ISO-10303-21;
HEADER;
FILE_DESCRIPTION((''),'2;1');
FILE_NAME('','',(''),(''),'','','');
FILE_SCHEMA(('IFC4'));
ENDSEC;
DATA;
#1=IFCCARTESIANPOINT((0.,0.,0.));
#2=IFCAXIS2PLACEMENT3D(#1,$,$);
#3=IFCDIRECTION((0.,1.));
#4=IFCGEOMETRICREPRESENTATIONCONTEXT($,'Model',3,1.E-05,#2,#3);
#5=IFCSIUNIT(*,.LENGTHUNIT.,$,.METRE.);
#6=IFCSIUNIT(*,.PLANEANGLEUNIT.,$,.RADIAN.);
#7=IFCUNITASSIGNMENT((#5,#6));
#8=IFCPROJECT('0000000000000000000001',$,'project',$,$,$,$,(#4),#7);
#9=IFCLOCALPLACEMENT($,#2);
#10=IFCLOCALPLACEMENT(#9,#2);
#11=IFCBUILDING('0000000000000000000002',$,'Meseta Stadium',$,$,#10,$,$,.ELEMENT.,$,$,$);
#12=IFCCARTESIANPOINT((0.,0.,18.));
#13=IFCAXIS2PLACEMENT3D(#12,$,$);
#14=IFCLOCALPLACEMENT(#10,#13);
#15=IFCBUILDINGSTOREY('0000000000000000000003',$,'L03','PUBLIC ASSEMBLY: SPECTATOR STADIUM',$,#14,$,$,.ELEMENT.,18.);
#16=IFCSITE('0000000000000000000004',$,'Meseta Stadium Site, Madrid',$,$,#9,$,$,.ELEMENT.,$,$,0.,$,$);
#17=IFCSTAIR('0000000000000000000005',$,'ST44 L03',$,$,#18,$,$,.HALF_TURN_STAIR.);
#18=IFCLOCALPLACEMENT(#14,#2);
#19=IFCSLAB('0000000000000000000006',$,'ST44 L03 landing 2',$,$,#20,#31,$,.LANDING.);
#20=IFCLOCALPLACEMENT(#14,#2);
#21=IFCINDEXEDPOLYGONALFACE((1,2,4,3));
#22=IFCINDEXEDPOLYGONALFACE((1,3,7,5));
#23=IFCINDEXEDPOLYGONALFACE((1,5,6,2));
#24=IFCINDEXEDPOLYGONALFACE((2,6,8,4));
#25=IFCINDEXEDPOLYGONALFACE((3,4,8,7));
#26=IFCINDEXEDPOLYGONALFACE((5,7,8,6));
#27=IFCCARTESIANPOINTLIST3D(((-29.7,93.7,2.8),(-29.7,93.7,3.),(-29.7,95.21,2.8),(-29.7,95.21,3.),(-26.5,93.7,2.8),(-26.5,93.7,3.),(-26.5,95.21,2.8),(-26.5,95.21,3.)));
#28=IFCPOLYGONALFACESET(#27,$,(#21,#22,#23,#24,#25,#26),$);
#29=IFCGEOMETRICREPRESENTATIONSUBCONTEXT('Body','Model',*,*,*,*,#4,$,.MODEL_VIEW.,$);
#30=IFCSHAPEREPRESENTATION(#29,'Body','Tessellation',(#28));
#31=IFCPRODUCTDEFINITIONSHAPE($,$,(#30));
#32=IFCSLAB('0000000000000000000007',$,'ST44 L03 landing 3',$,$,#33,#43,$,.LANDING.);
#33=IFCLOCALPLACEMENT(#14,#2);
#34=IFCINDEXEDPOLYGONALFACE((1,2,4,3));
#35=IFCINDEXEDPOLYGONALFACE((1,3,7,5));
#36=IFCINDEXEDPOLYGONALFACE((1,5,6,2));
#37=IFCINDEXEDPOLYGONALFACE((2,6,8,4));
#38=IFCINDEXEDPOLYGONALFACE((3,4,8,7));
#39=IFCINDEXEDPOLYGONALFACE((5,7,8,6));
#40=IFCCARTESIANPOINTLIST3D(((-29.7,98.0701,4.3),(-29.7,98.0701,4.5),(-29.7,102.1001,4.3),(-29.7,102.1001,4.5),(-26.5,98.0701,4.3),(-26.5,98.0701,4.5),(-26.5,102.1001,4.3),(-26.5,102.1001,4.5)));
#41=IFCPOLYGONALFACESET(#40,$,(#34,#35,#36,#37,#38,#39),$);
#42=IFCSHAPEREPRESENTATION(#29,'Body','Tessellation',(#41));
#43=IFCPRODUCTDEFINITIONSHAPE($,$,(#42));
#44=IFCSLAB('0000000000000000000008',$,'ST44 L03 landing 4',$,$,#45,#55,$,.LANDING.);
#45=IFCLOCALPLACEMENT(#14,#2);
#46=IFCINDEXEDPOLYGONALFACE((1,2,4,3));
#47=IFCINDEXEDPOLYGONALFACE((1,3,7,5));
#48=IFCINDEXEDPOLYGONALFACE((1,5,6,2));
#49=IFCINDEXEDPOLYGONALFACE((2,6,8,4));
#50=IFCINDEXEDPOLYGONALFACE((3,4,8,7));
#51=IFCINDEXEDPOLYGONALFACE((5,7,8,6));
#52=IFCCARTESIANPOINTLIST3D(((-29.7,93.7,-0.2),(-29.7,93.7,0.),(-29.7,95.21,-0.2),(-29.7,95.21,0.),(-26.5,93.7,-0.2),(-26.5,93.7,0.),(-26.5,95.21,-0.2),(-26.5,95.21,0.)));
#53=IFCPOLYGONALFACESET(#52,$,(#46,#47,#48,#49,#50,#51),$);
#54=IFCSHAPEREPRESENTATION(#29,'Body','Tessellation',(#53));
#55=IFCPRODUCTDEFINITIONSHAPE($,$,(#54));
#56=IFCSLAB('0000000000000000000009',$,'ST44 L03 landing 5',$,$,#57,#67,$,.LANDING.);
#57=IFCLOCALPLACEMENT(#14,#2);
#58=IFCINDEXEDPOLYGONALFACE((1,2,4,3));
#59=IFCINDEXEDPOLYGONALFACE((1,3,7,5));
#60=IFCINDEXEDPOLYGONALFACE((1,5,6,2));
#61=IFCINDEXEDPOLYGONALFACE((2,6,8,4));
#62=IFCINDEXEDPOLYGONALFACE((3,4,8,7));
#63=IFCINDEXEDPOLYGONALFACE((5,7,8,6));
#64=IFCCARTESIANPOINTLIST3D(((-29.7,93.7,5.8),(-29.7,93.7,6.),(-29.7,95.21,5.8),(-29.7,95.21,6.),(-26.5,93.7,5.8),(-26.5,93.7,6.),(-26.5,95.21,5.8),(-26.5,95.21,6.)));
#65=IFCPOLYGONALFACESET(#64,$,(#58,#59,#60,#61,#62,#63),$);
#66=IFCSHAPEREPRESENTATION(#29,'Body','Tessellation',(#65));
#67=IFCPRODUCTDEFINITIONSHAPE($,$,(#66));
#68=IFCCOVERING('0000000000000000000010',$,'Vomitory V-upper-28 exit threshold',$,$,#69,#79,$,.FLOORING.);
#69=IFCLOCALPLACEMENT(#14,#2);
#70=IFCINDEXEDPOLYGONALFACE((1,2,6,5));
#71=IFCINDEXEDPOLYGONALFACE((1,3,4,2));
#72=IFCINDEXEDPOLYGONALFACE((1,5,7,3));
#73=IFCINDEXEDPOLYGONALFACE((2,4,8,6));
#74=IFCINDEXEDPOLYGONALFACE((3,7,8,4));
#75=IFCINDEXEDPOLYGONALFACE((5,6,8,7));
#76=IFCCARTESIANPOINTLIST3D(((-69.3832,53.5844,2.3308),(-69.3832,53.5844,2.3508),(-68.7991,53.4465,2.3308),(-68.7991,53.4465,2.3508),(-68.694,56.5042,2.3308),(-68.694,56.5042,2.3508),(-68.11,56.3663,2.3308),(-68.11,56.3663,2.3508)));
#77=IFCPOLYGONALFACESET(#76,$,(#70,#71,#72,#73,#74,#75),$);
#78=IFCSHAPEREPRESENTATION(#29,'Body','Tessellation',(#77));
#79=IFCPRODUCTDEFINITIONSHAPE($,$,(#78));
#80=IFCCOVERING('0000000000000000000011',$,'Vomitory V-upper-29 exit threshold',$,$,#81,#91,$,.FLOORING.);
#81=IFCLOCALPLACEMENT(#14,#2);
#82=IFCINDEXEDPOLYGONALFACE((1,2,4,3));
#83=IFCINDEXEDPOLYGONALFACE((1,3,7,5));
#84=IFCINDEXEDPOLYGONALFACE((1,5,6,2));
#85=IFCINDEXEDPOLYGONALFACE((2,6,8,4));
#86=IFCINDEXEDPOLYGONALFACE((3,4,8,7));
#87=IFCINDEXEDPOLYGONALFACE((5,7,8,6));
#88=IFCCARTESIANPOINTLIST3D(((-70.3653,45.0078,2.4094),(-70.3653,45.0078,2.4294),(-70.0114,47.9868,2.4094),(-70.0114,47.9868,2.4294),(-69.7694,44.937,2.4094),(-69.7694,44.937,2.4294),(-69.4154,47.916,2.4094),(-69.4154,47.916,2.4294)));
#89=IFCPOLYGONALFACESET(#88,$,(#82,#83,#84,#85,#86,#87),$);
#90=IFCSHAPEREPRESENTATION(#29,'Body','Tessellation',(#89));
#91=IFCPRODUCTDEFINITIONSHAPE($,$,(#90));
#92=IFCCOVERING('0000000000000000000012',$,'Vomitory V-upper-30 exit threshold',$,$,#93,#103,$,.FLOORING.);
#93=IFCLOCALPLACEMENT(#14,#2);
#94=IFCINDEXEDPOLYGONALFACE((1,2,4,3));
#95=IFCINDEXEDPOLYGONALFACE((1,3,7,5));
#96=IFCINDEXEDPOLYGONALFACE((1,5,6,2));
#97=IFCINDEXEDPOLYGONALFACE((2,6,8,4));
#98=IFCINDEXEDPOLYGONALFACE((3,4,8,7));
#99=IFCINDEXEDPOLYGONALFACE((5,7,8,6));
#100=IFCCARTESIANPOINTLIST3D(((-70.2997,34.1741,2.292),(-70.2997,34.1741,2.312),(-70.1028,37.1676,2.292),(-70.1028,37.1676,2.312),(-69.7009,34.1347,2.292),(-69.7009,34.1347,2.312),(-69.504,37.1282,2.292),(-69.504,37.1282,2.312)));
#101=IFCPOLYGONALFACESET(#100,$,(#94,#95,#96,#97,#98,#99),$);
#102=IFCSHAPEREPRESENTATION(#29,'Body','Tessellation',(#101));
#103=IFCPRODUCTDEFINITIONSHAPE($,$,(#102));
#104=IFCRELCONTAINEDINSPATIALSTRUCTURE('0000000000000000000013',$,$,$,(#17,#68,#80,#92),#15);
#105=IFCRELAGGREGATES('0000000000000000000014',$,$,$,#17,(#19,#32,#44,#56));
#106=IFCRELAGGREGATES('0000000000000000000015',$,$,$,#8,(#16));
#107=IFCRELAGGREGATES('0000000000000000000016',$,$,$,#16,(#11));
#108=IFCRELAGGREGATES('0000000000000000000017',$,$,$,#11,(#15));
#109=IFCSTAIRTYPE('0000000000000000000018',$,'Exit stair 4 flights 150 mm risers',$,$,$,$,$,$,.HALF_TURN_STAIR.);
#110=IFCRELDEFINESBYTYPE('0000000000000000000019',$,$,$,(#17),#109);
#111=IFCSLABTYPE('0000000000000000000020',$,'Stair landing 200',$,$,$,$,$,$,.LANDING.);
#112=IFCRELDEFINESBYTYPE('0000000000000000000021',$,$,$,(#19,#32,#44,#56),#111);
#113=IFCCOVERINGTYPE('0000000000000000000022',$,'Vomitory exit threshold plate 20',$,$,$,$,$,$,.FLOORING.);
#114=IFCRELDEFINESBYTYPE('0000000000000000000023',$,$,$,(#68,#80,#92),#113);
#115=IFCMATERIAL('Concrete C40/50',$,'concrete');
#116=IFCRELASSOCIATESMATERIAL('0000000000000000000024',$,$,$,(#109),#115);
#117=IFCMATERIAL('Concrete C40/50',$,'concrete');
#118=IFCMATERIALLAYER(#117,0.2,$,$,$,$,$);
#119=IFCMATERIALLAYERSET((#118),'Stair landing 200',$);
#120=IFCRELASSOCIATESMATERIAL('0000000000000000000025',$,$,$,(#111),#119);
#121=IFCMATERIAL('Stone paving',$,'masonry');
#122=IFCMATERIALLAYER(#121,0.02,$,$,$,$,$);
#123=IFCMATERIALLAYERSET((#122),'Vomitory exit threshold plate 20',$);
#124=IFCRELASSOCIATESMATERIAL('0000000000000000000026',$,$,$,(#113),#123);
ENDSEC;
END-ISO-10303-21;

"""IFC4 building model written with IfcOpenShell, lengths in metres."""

from ifc_helpers import new_model, si_unit, direction, frame, origin, origin_2d, place, context, subcontext, project, spatial, polyline, rectangle, outline, extrude, material, layer, layer_set, type_object, element, aggregate, save


model = new_model("IFC4")

# Units and contexts
model_context = context("Model", 3, precision=1e-05, world=origin(), true_north=direction((0.0, 1.0)))
body_context = subcontext(model_context, "Body", "Model", "MODEL_VIEW")
ifc_project = project(units=[si_unit("LENGTHUNIT", "METRE"), si_unit("PLANEANGLEUNIT", "RADIAN")], contexts=[model_context])

# Site, building, storey
site_placement = place(None, origin())
site = spatial("IfcSite", under=ifc_project, at=site_placement, Name="Meseta Stadium Site, Madrid", CompositionType="ELEMENT", RefElevation=0.0)
building_placement = place(site_placement, origin())
building = spatial("IfcBuilding", under=site, at=building_placement, Name="Meseta Stadium", CompositionType="ELEMENT")
storey_placement = place(building_placement, frame((0.0, 0.0, 18.0)))
storey = spatial("IfcBuildingStorey", under=building, at=storey_placement, Name="L03", Description="PUBLIC ASSEMBLY: SPECTATOR STADIUM", CompositionType="ELEMENT", Elevation=18.0)

# Stair, slabs
ifc_material_1 = material(Name="Concrete C40/50", Category="concrete")
stair_type = type_object("IfcStairType", Name="Exit stair 4 flights 150 mm risers", PredefinedType="HALF_TURN_STAIR", material=ifc_material_1)
ifc_material_2 = material(Name="Concrete C40/50", Category="concrete")
ifc_layer_1 = layer(ifc_material_2, 0.2)
ifc_layer_set_1 = layer_set([ifc_layer_1], Name="Stair landing 200")
slab_type_1 = type_object("IfcSlabType", Name="Stair landing 200", PredefinedType="LANDING", material=ifc_layer_set_1)
stair_1_placement = place(storey_placement, origin())
stair_1 = element("IfcStair", 1, at=stair_1_placement, inside=storey, type_object=stair_type, Name="ST44 L03", PredefinedType="HALF_TURN_STAIR")
slab_1_placement = place(storey_placement, frame((0.0, 0.0, 2.8)))
slab_1 = element("IfcSlab", 2, at=slab_1_placement, type_object=slab_type_1, Name="ST44 L03 landing 2", PredefinedType="LANDING", context=body_context, shape_type="SweptSolid", body=[
    extrude(outline(polyline([(-26.5, 93.7), (-26.5, 95.21), (-29.7, 95.21), (-29.7, 93.7), (-26.5, 93.7)])), origin(), (0.0, 0.0, 1.0), 0.2),
])
slab_2_placement = place(storey_placement, frame((0.0, 0.0, 4.3)))
slab_2 = element("IfcSlab", 3, at=slab_2_placement, type_object=slab_type_1, Name="ST44 L03 landing 3", PredefinedType="LANDING", context=body_context, shape_type="SweptSolid", body=[
    extrude(outline(polyline([(-26.5, 98.0701), (-26.5, 102.1001), (-29.7, 102.1001), (-29.7, 98.0701), (-26.5, 98.0701)])), origin(), (0.0, 0.0, 1.0), 0.2),
])
slab_3_placement = place(storey_placement, frame((0.0, 0.0, -0.2)))
slab_3 = element("IfcSlab", 4, at=slab_3_placement, type_object=slab_type_1, Name="ST44 L03 landing 4", PredefinedType="LANDING", context=body_context, shape_type="SweptSolid", body=[
    extrude(outline(polyline([(-26.5, 93.7), (-26.5, 95.21), (-29.7, 95.21), (-29.7, 93.7), (-26.5, 93.7)])), origin(), (0.0, 0.0, 1.0), 0.2),
])
slab_4_placement = place(storey_placement, frame((0.0, 0.0, 5.8)))
slab_4 = element("IfcSlab", 5, at=slab_4_placement, type_object=slab_type_1, Name="ST44 L03 landing 5", PredefinedType="LANDING", context=body_context, shape_type="SweptSolid", body=[
    extrude(outline(polyline([(-26.5, 93.7), (-26.5, 95.21), (-29.7, 95.21), (-29.7, 93.7), (-26.5, 93.7)])), origin(), (0.0, 0.0, 1.0), 0.2),
])
aggregate(stair_1, [slab_1, slab_2, slab_3, slab_4])

# Coverings
ifc_material_3 = material(Name="Stone paving", Category="masonry")
ifc_layer_2 = layer(ifc_material_3, 0.02)
ifc_layer_set_2 = layer_set([ifc_layer_2], Name="Vomitory exit threshold plate 20")
covering_type = type_object("IfcCoveringType", Name="Vomitory exit threshold plate 20", PredefinedType="FLOORING", material=ifc_layer_set_2)
for number, where, z_axis, x_axis, name in (
    (6, (-68.7466, 54.9753, 2.3308), (0.0, 0.0, 1.0), (0.973256, -0.229722, 0.0), "Vomitory V-upper-28 exit threshold"),
    (7, (-69.8904, 46.4619, 2.4094), (0.0, 0.0, 1.0), (0.993015, -0.117988, 0.0), "Vomitory V-upper-29 exit threshold"),
    (8, (-69.9019, 35.6511, 2.292), (0.0, 0.0, 1.0), (0.997843, -0.065647, 0.0), "Vomitory V-upper-30 exit threshold"),
):
    element("IfcCovering", number, at=place(storey_placement, frame(where, z_axis=z_axis, x_axis=x_axis)), inside=storey, type_object=covering_type, Name=name, PredefinedType="FLOORING", context=body_context, shape_type="SweptSolid", body=[
        extrude(rectangle(XDim=0.6001, YDim=3.0, at=origin_2d()), origin(), (0.0, 0.0, 1.0), 0.02),
    ])

save(model, "model.ifc")
